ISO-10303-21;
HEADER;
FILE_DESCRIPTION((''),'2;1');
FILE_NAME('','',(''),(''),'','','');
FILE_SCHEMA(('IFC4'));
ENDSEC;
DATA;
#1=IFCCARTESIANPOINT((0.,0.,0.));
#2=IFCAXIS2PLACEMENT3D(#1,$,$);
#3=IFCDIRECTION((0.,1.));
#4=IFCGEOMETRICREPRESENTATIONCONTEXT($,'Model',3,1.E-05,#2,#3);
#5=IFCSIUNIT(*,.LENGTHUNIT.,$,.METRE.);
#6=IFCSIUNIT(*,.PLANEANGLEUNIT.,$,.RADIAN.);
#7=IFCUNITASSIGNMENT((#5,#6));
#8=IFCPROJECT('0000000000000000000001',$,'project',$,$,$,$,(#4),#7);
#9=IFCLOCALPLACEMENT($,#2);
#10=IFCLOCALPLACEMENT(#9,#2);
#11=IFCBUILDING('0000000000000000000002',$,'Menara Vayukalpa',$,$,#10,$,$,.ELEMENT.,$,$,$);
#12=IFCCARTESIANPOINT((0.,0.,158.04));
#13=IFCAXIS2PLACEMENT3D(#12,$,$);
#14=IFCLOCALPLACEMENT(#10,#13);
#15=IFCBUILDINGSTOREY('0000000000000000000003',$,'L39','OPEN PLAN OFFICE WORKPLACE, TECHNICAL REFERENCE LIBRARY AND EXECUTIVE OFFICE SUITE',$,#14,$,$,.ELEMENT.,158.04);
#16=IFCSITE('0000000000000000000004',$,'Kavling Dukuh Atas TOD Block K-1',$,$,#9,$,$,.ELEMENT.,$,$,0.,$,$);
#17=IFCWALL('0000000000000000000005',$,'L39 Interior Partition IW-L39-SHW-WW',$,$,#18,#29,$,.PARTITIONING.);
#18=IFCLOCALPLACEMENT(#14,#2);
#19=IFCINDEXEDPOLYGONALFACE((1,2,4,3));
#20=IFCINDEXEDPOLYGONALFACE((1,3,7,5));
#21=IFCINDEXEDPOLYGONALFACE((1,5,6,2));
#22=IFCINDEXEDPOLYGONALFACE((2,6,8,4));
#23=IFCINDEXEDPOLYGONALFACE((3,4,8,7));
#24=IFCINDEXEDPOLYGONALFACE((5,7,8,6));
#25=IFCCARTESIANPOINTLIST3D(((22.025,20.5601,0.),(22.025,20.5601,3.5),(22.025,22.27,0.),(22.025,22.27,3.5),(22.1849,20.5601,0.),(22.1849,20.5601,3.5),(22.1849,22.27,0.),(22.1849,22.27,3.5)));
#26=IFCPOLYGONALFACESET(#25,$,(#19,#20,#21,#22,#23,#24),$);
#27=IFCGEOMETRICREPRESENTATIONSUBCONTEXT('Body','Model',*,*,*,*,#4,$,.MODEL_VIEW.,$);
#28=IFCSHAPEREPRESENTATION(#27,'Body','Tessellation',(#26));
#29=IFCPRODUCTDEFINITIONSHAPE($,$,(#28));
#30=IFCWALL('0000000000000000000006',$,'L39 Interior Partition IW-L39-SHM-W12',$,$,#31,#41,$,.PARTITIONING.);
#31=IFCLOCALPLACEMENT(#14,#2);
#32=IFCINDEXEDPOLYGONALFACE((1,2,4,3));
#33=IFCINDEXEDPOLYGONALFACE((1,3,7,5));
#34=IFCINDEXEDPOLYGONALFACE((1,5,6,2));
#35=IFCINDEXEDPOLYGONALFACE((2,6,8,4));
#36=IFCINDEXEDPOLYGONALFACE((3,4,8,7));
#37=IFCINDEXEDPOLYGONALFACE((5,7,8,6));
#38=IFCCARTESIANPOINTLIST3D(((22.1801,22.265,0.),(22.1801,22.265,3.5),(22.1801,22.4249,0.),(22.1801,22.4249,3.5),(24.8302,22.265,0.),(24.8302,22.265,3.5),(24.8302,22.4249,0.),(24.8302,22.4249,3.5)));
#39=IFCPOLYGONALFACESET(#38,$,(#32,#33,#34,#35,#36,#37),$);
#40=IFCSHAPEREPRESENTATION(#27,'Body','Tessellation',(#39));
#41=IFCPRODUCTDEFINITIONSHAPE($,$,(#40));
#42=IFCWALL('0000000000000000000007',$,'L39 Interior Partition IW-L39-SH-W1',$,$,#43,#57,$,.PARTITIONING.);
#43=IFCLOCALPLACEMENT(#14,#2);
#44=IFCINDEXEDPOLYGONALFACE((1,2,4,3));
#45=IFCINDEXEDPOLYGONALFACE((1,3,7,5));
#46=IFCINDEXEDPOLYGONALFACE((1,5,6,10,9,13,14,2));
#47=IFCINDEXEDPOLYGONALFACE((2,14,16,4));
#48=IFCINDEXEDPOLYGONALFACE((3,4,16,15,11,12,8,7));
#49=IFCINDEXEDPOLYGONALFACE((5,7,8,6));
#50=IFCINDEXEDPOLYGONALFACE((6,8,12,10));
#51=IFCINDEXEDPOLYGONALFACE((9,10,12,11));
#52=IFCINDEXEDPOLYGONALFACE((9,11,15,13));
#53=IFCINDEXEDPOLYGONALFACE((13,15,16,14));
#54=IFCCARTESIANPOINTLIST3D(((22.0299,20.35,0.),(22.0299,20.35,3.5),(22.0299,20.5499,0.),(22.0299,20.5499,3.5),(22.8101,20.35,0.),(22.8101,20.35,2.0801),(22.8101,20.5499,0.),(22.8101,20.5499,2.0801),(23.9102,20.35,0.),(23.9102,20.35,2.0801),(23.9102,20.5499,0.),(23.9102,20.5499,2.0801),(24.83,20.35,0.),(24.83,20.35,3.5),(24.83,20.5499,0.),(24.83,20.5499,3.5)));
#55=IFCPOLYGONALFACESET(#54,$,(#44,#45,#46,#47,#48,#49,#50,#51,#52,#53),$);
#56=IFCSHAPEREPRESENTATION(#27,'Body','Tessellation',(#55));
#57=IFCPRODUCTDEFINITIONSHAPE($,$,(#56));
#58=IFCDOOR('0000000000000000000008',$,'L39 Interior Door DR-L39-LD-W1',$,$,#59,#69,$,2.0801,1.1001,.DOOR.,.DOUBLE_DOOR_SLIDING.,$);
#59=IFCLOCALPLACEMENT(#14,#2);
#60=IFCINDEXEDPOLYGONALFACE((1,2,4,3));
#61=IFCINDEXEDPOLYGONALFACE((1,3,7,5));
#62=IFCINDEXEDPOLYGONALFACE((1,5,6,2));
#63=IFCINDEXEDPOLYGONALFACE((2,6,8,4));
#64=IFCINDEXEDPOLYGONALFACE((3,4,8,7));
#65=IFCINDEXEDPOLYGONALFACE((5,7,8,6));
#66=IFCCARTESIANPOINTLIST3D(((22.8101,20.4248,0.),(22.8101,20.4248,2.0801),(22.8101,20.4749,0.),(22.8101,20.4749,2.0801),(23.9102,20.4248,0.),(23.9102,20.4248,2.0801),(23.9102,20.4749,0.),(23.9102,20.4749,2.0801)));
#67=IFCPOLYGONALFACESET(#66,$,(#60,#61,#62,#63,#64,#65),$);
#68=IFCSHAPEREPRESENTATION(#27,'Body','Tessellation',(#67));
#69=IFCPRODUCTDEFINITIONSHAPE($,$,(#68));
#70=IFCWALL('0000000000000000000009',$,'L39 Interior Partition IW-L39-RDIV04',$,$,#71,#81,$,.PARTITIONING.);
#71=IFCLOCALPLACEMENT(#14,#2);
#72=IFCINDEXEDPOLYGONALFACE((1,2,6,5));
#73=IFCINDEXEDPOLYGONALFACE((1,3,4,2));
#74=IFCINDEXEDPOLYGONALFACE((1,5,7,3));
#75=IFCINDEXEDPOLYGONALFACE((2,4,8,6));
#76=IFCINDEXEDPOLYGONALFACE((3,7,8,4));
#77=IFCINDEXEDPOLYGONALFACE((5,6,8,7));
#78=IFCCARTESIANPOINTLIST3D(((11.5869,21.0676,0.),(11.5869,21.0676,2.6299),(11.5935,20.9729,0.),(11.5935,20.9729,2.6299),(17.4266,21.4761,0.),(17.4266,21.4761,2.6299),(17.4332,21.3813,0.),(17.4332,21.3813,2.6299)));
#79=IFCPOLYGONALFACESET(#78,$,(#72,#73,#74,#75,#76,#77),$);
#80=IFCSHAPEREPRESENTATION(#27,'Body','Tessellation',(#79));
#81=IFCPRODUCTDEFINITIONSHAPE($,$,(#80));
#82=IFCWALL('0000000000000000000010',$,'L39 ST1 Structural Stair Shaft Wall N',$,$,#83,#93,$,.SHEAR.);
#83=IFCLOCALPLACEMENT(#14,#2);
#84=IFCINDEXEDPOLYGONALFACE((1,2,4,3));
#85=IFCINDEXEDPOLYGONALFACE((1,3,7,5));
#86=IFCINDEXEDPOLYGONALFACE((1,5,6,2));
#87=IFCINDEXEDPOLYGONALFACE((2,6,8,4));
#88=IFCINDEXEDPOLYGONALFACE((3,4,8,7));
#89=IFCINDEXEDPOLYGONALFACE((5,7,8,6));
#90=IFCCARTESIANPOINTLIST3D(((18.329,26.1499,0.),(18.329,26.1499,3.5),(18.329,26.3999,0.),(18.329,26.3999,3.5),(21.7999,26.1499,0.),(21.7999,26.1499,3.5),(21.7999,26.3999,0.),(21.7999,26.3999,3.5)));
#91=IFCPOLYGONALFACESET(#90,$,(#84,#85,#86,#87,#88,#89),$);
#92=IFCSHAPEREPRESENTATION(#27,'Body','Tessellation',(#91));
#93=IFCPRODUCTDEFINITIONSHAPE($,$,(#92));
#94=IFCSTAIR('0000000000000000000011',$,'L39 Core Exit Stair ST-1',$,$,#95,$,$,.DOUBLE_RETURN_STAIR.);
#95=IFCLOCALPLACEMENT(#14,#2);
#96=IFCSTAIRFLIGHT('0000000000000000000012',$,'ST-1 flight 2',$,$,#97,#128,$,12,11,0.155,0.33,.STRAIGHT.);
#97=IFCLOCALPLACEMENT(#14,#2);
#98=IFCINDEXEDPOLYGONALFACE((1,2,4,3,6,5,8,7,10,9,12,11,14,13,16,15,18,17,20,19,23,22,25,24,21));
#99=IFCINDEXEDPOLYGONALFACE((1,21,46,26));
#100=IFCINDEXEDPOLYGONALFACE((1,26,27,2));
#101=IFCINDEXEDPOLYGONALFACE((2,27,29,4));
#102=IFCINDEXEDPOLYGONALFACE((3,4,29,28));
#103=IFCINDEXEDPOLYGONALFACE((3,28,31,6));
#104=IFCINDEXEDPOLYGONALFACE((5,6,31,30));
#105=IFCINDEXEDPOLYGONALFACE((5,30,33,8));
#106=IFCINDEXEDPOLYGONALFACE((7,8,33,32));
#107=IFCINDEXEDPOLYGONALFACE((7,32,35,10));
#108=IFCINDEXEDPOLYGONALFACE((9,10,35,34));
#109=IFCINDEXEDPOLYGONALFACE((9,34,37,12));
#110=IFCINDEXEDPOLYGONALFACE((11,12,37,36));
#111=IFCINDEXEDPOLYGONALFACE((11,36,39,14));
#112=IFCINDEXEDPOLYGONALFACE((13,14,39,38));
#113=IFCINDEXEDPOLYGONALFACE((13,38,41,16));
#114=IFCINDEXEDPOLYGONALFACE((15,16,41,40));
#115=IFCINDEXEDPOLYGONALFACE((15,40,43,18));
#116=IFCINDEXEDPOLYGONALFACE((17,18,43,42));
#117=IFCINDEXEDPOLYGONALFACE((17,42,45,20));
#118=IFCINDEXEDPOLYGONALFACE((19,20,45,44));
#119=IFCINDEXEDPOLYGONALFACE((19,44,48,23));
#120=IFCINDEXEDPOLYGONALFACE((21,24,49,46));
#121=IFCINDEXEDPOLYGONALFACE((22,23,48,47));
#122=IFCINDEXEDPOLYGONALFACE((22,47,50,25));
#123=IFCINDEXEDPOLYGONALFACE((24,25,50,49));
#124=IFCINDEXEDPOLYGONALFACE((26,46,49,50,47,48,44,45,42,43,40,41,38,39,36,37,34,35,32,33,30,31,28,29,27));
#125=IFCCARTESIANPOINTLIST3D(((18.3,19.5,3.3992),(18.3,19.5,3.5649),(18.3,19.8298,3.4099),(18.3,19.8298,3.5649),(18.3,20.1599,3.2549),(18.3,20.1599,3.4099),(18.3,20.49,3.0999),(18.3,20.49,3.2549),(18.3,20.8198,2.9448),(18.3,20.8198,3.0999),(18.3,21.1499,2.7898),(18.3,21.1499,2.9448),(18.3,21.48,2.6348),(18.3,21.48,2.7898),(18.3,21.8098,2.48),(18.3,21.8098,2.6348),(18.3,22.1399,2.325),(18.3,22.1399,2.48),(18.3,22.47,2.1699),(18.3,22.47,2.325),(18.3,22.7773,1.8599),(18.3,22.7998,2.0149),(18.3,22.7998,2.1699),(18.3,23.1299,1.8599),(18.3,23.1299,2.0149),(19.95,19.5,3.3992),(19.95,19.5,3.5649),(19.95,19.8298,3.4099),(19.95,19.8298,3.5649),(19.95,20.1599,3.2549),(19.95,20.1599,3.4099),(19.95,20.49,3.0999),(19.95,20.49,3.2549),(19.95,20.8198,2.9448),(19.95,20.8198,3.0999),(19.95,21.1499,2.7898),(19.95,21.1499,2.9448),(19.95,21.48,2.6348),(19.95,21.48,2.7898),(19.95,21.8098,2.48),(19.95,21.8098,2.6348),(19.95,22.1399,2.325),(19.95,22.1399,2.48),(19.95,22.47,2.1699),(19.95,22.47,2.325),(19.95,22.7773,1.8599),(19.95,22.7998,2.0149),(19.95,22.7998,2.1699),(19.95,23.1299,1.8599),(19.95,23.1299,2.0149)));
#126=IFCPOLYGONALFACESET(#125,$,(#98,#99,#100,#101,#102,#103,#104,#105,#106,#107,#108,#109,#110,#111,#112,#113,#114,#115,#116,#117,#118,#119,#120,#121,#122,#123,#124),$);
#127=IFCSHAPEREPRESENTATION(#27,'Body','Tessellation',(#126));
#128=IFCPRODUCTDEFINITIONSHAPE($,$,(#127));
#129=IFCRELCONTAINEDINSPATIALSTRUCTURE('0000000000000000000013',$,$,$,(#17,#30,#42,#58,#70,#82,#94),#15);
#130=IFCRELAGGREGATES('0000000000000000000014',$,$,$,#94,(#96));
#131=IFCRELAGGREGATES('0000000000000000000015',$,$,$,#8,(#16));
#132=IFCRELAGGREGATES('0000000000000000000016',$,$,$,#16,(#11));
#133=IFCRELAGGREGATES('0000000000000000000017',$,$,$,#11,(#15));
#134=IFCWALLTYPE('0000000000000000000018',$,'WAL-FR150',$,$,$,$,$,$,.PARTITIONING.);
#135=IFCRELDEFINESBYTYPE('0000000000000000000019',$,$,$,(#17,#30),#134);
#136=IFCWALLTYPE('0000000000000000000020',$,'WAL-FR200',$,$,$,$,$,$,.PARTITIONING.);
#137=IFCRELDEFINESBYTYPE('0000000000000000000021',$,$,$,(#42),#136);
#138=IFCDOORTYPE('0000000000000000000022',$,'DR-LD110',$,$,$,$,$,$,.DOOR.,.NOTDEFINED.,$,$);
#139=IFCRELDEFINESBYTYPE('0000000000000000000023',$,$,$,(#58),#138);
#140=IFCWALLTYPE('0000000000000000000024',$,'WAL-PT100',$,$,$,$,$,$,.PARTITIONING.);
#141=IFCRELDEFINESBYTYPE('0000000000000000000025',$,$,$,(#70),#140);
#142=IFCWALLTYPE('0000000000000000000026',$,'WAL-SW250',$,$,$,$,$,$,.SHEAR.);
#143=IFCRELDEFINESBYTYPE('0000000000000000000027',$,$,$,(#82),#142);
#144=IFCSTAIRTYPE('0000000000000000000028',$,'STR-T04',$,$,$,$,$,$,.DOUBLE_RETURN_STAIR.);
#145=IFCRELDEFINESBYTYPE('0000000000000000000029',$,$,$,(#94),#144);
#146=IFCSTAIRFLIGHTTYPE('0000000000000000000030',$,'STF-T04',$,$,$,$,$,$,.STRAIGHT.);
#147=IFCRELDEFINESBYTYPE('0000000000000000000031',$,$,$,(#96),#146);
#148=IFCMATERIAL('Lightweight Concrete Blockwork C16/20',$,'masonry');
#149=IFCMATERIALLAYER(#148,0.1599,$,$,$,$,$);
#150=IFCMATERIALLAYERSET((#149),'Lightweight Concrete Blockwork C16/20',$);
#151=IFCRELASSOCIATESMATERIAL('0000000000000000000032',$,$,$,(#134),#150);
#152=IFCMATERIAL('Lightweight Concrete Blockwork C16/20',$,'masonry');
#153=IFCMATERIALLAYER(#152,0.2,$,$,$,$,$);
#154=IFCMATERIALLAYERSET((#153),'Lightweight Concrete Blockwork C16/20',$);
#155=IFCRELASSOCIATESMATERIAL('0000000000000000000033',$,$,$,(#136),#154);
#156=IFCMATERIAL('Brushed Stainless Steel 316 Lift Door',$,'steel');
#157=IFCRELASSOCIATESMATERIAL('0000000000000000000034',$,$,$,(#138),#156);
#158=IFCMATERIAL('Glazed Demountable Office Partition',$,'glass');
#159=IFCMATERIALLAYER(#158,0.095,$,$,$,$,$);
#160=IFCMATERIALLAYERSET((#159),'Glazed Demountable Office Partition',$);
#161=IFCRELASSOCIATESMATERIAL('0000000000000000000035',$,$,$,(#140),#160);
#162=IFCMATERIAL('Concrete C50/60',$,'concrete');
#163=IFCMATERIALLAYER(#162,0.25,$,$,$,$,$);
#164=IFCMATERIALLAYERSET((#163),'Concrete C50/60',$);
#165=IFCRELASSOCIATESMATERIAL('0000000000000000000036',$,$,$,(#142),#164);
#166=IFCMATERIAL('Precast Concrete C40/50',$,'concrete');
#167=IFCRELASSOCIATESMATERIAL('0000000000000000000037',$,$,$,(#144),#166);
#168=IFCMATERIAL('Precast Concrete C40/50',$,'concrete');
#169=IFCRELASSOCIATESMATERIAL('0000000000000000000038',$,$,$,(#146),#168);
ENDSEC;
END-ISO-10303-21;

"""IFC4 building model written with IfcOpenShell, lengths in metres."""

from ifc_helpers import new_model, si_unit, direction, frame, frame_2d, origin, place, context, subcontext, project, spatial, polyline, rectangle, outline, extrude, material, layer, layer_set, type_object, element, fill, aggregate, save


model = new_model("IFC4")

# Units and contexts
model_context = context("Model", 3, precision=1e-05, world=origin(), true_north=direction((0.0, 1.0)))
body_context = subcontext(model_context, "Body", "Model", "MODEL_VIEW")
ifc_project = project(units=[si_unit("LENGTHUNIT", "METRE"), si_unit("PLANEANGLEUNIT", "RADIAN")], contexts=[model_context])

# Site, building, storey
site_placement = place(None, origin())
site = spatial("IfcSite", under=ifc_project, at=site_placement, Name="Kavling Dukuh Atas TOD Block K-1", CompositionType="ELEMENT", RefElevation=0.0)
building_placement = place(site_placement, origin())
building = spatial("IfcBuilding", under=site, at=building_placement, Name="Menara Vayukalpa", CompositionType="ELEMENT")
storey_placement = place(building_placement, frame((0.0, 0.0, 158.04)))
storey = spatial("IfcBuildingStorey", under=building, at=storey_placement, Name="L39", Description="OPEN PLAN OFFICE WORKPLACE, TECHNICAL REFERENCE LIBRARY AND EXECUTIVE OFFICE SUITE", CompositionType="ELEMENT", Elevation=158.04)

# Walls
ifc_material_1 = material(Name="Lightweight Concrete Blockwork C16/20", Category="masonry")
ifc_layer_1 = layer(ifc_material_1, 0.1599)
ifc_layer_set_1 = layer_set([ifc_layer_1], Name="Lightweight Concrete Blockwork C16/20")
wall_type_1 = type_object("IfcWallType", Name="WAL-FR150", PredefinedType="PARTITIONING", material=ifc_layer_set_1)
wall_1_placement = place(storey_placement, frame((22.105, 20.5601, 0.0), z_axis=(0.0, 0.0, 1.0), x_axis=(0.0, 1.0, 0.0)))
element("IfcWall", 1, at=wall_1_placement, inside=storey, type_object=wall_type_1, Name="L39 Interior Partition IW-L39-SHW-WW", PredefinedType="PARTITIONING", context=body_context, shape_type="SweptSolid", body=[
    extrude(rectangle(XDim=1.71, YDim=0.1599, at=frame_2d((0.855, 0.0))), origin(), (0.0, 0.0, 1.0), 3.5),
])
wall_2_placement = place(storey_placement, frame((22.1799, 22.345, 0.0), z_axis=(0.0, 0.0, 1.0), x_axis=(1.0, 0.0, 0.0)))
element("IfcWall", 2, at=wall_2_placement, inside=storey, type_object=wall_type_1, Name="L39 Interior Partition IW-L39-SHM-W12", PredefinedType="PARTITIONING", context=body_context, shape_type="SweptSolid", body=[
    extrude(rectangle(XDim=2.6501, YDim=0.1599, at=frame_2d((1.3252, 0.0))), origin(), (0.0, 0.0, 1.0), 3.5),
])

# Wall, opening, door
ifc_material_2 = material(Name="Lightweight Concrete Blockwork C16/20", Category="masonry")
ifc_layer_2 = layer(ifc_material_2, 0.2)
ifc_layer_set_2 = layer_set([ifc_layer_2], Name="Lightweight Concrete Blockwork C16/20")
wall_type_2 = type_object("IfcWallType", Name="WAL-FR200", PredefinedType="PARTITIONING", material=ifc_layer_set_2)
wall_3_placement = place(storey_placement, frame((22.03, 20.45, 0.0), z_axis=(0.0, 0.0, 1.0), x_axis=(1.0, 0.0, 0.0)))
wall_3 = element("IfcWall", 3, at=wall_3_placement, inside=storey, type_object=wall_type_2, Name="L39 Interior Partition IW-L39-SH-W1", PredefinedType="PARTITIONING", context=body_context, shape_type="SweptSolid", body=[
    extrude(rectangle(XDim=2.8, YDim=0.2, at=frame_2d((1.3999, 0.0))), origin(), (0.0, 0.0, 1.0), 3.5),
])
opening_placement = place(wall_3_placement, frame((0.78, 0.0, 0.0)))
opening = element("IfcOpeningElement", 4, at=opening_placement, cuts=wall_3, PredefinedType="OPENING", context=body_context, shape_type="SweptSolid", body=[
    extrude(rectangle(XDim=1.1001, YDim=2.0801, at=frame_2d((0.55, 1.04))), frame((0.0, 0.1099, 0.0), z_axis=(0.0, -1.0, 0.0), x_axis=(1.0, 0.0, 0.0)), (0.0, 0.0, 1.0), 0.22),
])
ifc_material_3 = material(Name="Brushed Stainless Steel 316 Lift Door", Category="steel")
door_type = type_object("IfcDoorType", Name="DR-LD110", OperationType="NOTDEFINED", PredefinedType="DOOR", material=ifc_material_3)
door_placement = place(opening_placement, origin())
door = element("IfcDoor", 5, at=door_placement, inside=storey, type_object=door_type, Name="L39 Interior Door DR-L39-LD-W1", OperationType="DOUBLE_DOOR_SLIDING", OverallHeight=2.0801, OverallWidth=1.1001, PredefinedType="DOOR", context=body_context, shape_type="SweptSolid", body=[
    extrude(rectangle(XDim=1.1001, YDim=2.0801, at=frame_2d((0.55, 1.04))), frame((0.0, 0.0249, 0.0), z_axis=(0.0, -1.0, 0.0), x_axis=(1.0, 0.0, 0.0)), (0.0, 0.0, 1.0), 0.05),
])
fill(opening, door)

# Walls
ifc_material_4 = material(Name="Glazed Demountable Office Partition", Category="glass")
ifc_layer_3 = layer(ifc_material_4, 0.095)
ifc_layer_set_3 = layer_set([ifc_layer_3], Name="Glazed Demountable Office Partition")
wall_type_3 = type_object("IfcWallType", Name="WAL-PT100", PredefinedType="PARTITIONING", material=ifc_layer_set_3)
wall_4_placement = place(storey_placement, frame((17.4299, 21.4287, 0.0), z_axis=(0.0, 0.0, 1.0), x_axis=(-0.997563, -0.069771, 0.0)))
element("IfcWall", 6, at=wall_4_placement, inside=storey, type_object=wall_type_3, Name="L39 Interior Partition IW-L39-RDIV04", PredefinedType="PARTITIONING", context=body_context, shape_type="SweptSolid", body=[
    extrude(rectangle(XDim=5.854, YDim=0.095, at=frame_2d((2.927, 0.0))), origin(), (0.0, 0.0, 1.0), 2.6299),
])
ifc_material_5 = material(Name="Concrete C50/60", Category="concrete")
ifc_layer_4 = layer(ifc_material_5, 0.25)
ifc_layer_set_4 = layer_set([ifc_layer_4], Name="Concrete C50/60")
wall_type_4 = type_object("IfcWallType", Name="WAL-SW250", PredefinedType="SHEAR", material=ifc_layer_set_4)
wall_5_placement = place(storey_placement, frame((18.3291, 26.2749, 0.0), z_axis=(0.0, 0.0, 1.0), x_axis=(1.0, 0.0, 0.0)))
element("IfcWall", 7, at=wall_5_placement, inside=storey, type_object=wall_type_4, Name="L39 ST1 Structural Stair Shaft Wall N", PredefinedType="SHEAR", context=body_context, shape_type="SweptSolid", body=[
    extrude(rectangle(XDim=3.4709, YDim=0.25, at=frame_2d((1.7354, 0.0))), origin(), (0.0, 0.0, 1.0), 3.5),
])

# Stair, stair flight
ifc_material_6 = material(Name="Precast Concrete C40/50", Category="concrete")
stair_type = type_object("IfcStairType", Name="STR-T04", PredefinedType="DOUBLE_RETURN_STAIR", material=ifc_material_6)
stair_placement = place(storey_placement, origin())
stair = element("IfcStair", 8, at=stair_placement, inside=storey, type_object=stair_type, Name="L39 Core Exit Stair ST-1", PredefinedType="DOUBLE_RETURN_STAIR")
ifc_material_7 = material(Name="Precast Concrete C40/50", Category="concrete")
stair_flight_type = type_object("IfcStairFlightType", Name="STF-T04", PredefinedType="STRAIGHT", material=ifc_material_7)
stair_flight_placement = place(storey_placement, frame((19.125, 23.1299, 1.8599), z_axis=(0.0, 0.0, 1.0), x_axis=(0.0, -1.0, 0.0)))
stair_flight = element("IfcStairFlight", 9, at=stair_flight_placement, type_object=stair_flight_type, Name="ST-1 flight 2", NumberOfRisers=12, NumberOfTreads=11, PredefinedType="STRAIGHT", RiserHeight=0.155, TreadLength=0.33, context=body_context, shape_type="SweptSolid", body=[
    extrude(outline(polyline([(0.0, 0.0), (0.0, 0.155), (0.3301, 0.155), (0.3301, 0.3101), (0.6599, 0.3101), (0.6599, 0.4651), (0.99, 0.4651), (0.99, 0.6201), (1.3201, 0.6201), (1.3201, 0.7749), (1.6499, 0.7749), (1.6499, 0.9299), (1.98, 0.9299), (1.98, 1.085), (2.3101, 1.085), (2.3101, 1.24), (2.6399, 1.24), (2.6399, 1.395), (2.97, 1.395), (2.97, 1.55), (3.3, 1.55), (3.3, 1.7051), (3.6299, 1.7051), (3.6299, 1.8601), (3.6299, 1.5393), (0.3525, 0.0), (0.0, 0.0)])), frame((0.0, 0.825, 0.0), z_axis=(0.0, -1.0, 0.0), x_axis=(1.0, 0.0, 0.0)), (0.0, 0.0, 1.0), 1.6499),
])
aggregate(stair, [stair_flight])

save(model, "model.ifc")
